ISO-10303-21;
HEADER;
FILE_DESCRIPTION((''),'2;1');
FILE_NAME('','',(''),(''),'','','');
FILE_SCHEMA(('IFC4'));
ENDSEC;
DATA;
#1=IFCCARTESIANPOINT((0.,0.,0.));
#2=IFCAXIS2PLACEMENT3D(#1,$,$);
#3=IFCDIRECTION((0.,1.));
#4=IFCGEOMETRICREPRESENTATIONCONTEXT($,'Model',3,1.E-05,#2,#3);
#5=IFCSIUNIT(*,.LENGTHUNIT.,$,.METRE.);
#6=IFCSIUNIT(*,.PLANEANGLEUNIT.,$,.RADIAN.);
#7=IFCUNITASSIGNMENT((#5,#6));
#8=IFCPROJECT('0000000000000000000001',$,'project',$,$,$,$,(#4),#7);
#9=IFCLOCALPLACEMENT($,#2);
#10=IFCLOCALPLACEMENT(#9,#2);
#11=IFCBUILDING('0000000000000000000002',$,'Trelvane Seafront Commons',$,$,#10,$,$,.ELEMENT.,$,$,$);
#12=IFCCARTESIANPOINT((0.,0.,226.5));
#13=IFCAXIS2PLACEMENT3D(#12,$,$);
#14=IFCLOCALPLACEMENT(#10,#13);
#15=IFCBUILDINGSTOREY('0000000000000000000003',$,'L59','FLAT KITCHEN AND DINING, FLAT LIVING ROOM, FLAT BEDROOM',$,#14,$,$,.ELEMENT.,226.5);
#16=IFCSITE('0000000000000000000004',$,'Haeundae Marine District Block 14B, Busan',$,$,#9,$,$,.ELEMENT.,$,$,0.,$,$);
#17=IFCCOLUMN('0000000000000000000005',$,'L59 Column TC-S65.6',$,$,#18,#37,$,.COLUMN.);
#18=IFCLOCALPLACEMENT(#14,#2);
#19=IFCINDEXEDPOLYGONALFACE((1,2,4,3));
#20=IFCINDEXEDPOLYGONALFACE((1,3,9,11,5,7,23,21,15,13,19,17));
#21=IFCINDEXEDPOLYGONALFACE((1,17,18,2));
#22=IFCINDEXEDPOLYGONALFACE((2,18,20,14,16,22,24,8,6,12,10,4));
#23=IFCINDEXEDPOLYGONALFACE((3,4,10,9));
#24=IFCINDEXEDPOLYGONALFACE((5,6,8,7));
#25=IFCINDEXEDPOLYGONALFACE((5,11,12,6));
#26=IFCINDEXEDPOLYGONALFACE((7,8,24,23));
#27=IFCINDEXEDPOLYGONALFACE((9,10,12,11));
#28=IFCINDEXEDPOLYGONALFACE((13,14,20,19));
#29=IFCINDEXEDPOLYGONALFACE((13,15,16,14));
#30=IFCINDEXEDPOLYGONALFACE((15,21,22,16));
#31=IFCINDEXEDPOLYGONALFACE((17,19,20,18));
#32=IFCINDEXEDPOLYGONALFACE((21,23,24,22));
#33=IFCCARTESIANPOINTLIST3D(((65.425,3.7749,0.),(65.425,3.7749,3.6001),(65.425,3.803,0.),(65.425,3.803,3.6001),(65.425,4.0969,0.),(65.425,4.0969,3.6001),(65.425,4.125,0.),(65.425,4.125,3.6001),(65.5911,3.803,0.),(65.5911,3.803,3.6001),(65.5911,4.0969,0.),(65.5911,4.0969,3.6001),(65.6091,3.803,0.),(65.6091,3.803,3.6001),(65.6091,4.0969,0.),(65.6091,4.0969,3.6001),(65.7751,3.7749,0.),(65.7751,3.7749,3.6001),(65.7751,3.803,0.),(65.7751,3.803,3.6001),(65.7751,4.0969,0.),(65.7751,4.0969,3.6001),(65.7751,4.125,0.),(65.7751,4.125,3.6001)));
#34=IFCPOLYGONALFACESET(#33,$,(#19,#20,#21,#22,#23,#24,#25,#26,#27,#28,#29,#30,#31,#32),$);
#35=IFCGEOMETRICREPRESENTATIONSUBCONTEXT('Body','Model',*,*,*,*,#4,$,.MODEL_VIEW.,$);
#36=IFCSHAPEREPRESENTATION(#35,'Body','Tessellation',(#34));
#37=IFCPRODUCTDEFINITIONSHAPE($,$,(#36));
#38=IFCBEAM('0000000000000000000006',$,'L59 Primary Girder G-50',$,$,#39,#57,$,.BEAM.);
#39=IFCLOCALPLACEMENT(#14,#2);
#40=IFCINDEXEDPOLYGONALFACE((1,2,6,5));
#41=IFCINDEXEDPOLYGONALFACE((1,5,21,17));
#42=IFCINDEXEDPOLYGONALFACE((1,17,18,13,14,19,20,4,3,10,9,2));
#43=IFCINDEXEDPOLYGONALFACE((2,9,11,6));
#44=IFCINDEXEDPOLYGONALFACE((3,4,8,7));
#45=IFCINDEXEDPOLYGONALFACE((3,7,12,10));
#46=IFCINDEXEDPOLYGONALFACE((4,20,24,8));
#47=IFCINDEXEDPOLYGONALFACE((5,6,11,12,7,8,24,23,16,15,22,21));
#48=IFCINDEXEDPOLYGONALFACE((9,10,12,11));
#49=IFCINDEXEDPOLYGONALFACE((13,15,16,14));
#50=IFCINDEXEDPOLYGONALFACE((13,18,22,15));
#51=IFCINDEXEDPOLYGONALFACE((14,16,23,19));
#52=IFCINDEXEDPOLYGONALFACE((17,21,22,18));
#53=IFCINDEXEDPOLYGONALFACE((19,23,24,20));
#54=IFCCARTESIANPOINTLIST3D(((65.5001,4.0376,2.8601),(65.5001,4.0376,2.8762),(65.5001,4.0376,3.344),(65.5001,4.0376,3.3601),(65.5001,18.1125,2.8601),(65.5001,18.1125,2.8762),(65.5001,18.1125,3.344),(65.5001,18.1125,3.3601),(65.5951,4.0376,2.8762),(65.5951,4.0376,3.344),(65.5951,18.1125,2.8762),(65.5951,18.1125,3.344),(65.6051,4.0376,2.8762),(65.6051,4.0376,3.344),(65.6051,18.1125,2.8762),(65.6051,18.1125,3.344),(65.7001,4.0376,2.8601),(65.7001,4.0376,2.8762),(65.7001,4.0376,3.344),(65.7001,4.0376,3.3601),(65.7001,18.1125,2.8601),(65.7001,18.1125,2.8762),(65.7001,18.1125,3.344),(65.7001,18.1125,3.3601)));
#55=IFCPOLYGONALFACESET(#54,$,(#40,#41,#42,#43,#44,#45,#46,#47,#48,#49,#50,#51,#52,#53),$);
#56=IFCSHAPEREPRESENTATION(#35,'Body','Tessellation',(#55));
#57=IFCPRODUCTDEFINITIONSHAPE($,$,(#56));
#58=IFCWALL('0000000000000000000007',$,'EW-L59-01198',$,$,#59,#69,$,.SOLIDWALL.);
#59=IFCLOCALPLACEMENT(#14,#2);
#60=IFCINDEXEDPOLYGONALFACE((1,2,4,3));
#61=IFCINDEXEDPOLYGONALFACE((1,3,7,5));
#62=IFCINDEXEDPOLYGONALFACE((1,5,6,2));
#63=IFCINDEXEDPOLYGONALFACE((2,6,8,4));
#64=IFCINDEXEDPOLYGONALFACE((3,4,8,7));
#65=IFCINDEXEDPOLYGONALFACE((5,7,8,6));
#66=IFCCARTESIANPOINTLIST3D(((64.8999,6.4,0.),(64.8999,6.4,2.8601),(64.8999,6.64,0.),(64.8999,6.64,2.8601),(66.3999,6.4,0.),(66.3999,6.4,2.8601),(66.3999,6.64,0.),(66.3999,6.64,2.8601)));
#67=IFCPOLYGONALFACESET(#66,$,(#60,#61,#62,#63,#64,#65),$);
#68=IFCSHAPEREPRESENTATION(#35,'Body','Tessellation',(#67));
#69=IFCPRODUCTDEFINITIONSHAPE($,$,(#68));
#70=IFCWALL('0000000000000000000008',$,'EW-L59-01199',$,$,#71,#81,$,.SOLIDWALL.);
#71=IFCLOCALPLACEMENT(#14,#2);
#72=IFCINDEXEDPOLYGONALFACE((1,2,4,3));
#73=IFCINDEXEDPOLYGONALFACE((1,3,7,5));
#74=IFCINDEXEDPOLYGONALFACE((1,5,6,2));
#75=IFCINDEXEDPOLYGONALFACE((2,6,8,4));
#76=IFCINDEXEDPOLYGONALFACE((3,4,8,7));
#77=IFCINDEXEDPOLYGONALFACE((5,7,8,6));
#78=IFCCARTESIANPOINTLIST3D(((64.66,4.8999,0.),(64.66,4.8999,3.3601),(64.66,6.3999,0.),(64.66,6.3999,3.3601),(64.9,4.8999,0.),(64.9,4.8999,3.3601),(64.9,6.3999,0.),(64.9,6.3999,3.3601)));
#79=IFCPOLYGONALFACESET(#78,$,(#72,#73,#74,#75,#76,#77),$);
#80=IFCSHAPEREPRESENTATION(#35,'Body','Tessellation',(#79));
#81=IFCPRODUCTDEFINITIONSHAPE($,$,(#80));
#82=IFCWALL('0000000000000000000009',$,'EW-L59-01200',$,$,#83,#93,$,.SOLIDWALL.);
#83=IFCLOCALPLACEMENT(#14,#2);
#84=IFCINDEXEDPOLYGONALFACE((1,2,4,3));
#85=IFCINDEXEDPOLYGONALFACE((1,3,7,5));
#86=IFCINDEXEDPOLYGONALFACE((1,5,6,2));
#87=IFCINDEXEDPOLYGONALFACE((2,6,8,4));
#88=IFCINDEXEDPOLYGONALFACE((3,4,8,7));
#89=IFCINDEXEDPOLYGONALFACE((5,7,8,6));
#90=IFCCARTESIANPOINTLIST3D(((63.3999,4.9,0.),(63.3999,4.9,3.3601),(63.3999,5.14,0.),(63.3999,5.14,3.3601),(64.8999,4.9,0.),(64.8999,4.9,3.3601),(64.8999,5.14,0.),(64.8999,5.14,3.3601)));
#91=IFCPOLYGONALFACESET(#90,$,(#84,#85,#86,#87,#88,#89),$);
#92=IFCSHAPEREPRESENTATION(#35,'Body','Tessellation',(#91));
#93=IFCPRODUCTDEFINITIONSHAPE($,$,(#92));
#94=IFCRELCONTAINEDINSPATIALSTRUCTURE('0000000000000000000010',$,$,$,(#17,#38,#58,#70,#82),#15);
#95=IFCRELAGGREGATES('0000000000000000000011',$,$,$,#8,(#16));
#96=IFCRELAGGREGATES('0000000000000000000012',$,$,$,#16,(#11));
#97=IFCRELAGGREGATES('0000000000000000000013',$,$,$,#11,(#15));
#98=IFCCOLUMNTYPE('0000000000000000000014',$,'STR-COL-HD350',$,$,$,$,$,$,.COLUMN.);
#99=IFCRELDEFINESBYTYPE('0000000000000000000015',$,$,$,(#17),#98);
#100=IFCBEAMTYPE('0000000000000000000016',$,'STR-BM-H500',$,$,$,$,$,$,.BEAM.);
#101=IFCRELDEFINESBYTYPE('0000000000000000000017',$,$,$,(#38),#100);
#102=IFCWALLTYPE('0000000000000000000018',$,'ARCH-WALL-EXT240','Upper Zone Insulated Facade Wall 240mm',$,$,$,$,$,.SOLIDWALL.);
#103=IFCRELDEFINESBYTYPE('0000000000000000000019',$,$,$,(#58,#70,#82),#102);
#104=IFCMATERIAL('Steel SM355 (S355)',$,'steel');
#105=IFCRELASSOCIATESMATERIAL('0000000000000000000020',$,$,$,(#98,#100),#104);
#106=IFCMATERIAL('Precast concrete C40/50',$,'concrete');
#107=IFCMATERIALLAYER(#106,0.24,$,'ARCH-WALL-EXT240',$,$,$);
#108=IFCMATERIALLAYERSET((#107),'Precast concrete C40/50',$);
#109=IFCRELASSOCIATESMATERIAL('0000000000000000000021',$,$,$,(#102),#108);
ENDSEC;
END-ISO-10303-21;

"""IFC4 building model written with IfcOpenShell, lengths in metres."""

from ifc_helpers import new_model, si_unit, direction, frame, frame_2d, origin, origin_2d, place, context, subcontext, project, spatial, rectangle, i_section, extrude, source, transform, mapped, material, layer, layer_set, material_profile, profile_set, type_object, element, save


model = new_model("IFC4")

# Units and contexts
model_context = context("Model", 3, precision=1e-05, world=origin(), true_north=direction((0.0, 1.0)))
body_context = subcontext(model_context, "Body", "Model", "MODEL_VIEW")
ifc_project = project(units=[si_unit("LENGTHUNIT", "METRE"), si_unit("PLANEANGLEUNIT", "RADIAN")], contexts=[model_context])

# Site, building, storey
site_placement = place(None, origin())
site = spatial("IfcSite", under=ifc_project, at=site_placement, Name="Haeundae Marine District Block 14B, Busan", CompositionType="ELEMENT", RefElevation=0.0)
building_placement = place(site_placement, origin())
building = spatial("IfcBuilding", under=site, at=building_placement, Name="Trelvane Seafront Commons", CompositionType="ELEMENT")
storey_placement = place(building_placement, frame((0.0, 0.0, 226.5)))
storey = spatial("IfcBuildingStorey", under=building, at=storey_placement, Name="L59", Description="FLAT KITCHEN AND DINING, FLAT LIVING ROOM, FLAT BEDROOM", CompositionType="ELEMENT", Elevation=226.5)

# Column
ifc_material_1 = material(Name="Steel SM355 (S355)", Category="steel")
ifc_material_profile_1 = material_profile(ifc_material_1, i_section(OverallWidth=0.3501, OverallDepth=0.3501, WebThickness=0.0181, FlangeThickness=0.0281, at=origin_2d()), Name="HD-350x350x18x28")
ifc_profile_set_1 = profile_set([ifc_material_profile_1], Name="Steel SM355 (S355)")
column_type = type_object("IfcColumnType", Name="STR-COL-HD350", PredefinedType="COLUMN", material=ifc_profile_set_1)
shared_shape_1 = source(origin(), body_context, "Body", "SweptSolid", [
    extrude(i_section(OverallWidth=0.3501, OverallDepth=0.3501, WebThickness=0.0181, FlangeThickness=0.0281, at=origin_2d()), origin(), (0.0, 0.0, 1.0), 3.6001),
])
column_placement = place(storey_placement, frame((65.6001, 3.95, 0.0), z_axis=(0.0, 0.0, 1.0), x_axis=(1.0, 0.0, 0.0)))
element("IfcColumn", 1, at=column_placement, inside=storey, type_object=column_type, Name="L59 Column TC-S65.6", PredefinedType="COLUMN", context=body_context, shape_type="MappedRepresentation", body=[
    mapped(shared_shape_1, transform((0.0, 0.0, 0.0), x_axis=(1.0, 0.0, 0.0), y_axis=(0.0, 1.0, 0.0), z_axis=(0.0, 0.0, 1.0), scale=1.0)),
])

# Beam
ifc_material_profile_2 = material_profile(ifc_material_1, i_section(OverallWidth=0.2, OverallDepth=0.5, WebThickness=0.01, FlangeThickness=0.0161, at=origin_2d()), Name="H-500x200x10x16")
ifc_profile_set_2 = profile_set([ifc_material_profile_2], Name="Steel SM355 (S355)")
beam_type = type_object("IfcBeamType", Name="STR-BM-H500", PredefinedType="BEAM", material=ifc_profile_set_2)
shared_shape_2 = source(origin(), body_context, "Body", "SweptSolid", [
    extrude(i_section(OverallWidth=0.2, OverallDepth=0.5, WebThickness=0.01, FlangeThickness=0.0161, at=origin_2d()), origin(), (0.0, 0.0, 1.0), 14.075),
])
beam_placement = place(storey_placement, frame((65.6001, 4.0376, 3.1101), z_axis=(0.0, 1.0, 0.0), x_axis=(-1.0, 0.0, 0.0)))
element("IfcBeam", 2, at=beam_placement, inside=storey, type_object=beam_type, Name="L59 Primary Girder G-50", PredefinedType="BEAM", context=body_context, shape_type="MappedRepresentation", body=[
    mapped(shared_shape_2, transform((0.0, 0.0, 0.0), x_axis=(1.0, 0.0, 0.0), y_axis=(0.0, 1.0, 0.0), z_axis=(0.0, 0.0, 1.0), scale=1.0)),
])

# Walls
ifc_material_2 = material(Name="Precast concrete C40/50", Category="concrete")
ifc_layer = layer(ifc_material_2, 0.24, Name="ARCH-WALL-EXT240")
ifc_layer_set = layer_set([ifc_layer], Name="Precast concrete C40/50")
wall_type = type_object("IfcWallType", Name="ARCH-WALL-EXT240", Description="Upper Zone Insulated Facade Wall 240mm", PredefinedType="SOLIDWALL", material=ifc_layer_set)
wall_1_placement = place(storey_placement, frame((66.3999, 6.52, 0.0), z_axis=(0.0, 0.0, 1.0), x_axis=(-1.0, 0.0, 0.0)))
element("IfcWall", 3, at=wall_1_placement, inside=storey, type_object=wall_type, Name="EW-L59-01198", PredefinedType="SOLIDWALL", context=body_context, shape_type="SweptSolid", body=[
    extrude(rectangle(XDim=1.5, YDim=0.24, at=frame_2d((0.75, 0.0))), origin(), (0.0, 0.0, 1.0), 2.8601),
])
for number, where, z_axis, x_axis, name in (
    (4, (64.78, 6.3999, 0.0), (0.0, 0.0, 1.0), (0.0, -1.0, 0.0), "EW-L59-01199"),
    (5, (64.8999, 5.02, 0.0), (0.0, 0.0, 1.0), (-1.0, 0.0, 0.0), "EW-L59-01200"),
):
    element("IfcWall", number, at=place(storey_placement, frame(where, z_axis=z_axis, x_axis=x_axis)), inside=storey, type_object=wall_type, Name=name, PredefinedType="SOLIDWALL", context=body_context, shape_type="SweptSolid", body=[
        extrude(rectangle(XDim=1.5, YDim=0.24, at=frame_2d((0.75, 0.0))), origin(), (0.0, 0.0, 1.0), 3.3601),
    ])

save(model, "model.ifc")
